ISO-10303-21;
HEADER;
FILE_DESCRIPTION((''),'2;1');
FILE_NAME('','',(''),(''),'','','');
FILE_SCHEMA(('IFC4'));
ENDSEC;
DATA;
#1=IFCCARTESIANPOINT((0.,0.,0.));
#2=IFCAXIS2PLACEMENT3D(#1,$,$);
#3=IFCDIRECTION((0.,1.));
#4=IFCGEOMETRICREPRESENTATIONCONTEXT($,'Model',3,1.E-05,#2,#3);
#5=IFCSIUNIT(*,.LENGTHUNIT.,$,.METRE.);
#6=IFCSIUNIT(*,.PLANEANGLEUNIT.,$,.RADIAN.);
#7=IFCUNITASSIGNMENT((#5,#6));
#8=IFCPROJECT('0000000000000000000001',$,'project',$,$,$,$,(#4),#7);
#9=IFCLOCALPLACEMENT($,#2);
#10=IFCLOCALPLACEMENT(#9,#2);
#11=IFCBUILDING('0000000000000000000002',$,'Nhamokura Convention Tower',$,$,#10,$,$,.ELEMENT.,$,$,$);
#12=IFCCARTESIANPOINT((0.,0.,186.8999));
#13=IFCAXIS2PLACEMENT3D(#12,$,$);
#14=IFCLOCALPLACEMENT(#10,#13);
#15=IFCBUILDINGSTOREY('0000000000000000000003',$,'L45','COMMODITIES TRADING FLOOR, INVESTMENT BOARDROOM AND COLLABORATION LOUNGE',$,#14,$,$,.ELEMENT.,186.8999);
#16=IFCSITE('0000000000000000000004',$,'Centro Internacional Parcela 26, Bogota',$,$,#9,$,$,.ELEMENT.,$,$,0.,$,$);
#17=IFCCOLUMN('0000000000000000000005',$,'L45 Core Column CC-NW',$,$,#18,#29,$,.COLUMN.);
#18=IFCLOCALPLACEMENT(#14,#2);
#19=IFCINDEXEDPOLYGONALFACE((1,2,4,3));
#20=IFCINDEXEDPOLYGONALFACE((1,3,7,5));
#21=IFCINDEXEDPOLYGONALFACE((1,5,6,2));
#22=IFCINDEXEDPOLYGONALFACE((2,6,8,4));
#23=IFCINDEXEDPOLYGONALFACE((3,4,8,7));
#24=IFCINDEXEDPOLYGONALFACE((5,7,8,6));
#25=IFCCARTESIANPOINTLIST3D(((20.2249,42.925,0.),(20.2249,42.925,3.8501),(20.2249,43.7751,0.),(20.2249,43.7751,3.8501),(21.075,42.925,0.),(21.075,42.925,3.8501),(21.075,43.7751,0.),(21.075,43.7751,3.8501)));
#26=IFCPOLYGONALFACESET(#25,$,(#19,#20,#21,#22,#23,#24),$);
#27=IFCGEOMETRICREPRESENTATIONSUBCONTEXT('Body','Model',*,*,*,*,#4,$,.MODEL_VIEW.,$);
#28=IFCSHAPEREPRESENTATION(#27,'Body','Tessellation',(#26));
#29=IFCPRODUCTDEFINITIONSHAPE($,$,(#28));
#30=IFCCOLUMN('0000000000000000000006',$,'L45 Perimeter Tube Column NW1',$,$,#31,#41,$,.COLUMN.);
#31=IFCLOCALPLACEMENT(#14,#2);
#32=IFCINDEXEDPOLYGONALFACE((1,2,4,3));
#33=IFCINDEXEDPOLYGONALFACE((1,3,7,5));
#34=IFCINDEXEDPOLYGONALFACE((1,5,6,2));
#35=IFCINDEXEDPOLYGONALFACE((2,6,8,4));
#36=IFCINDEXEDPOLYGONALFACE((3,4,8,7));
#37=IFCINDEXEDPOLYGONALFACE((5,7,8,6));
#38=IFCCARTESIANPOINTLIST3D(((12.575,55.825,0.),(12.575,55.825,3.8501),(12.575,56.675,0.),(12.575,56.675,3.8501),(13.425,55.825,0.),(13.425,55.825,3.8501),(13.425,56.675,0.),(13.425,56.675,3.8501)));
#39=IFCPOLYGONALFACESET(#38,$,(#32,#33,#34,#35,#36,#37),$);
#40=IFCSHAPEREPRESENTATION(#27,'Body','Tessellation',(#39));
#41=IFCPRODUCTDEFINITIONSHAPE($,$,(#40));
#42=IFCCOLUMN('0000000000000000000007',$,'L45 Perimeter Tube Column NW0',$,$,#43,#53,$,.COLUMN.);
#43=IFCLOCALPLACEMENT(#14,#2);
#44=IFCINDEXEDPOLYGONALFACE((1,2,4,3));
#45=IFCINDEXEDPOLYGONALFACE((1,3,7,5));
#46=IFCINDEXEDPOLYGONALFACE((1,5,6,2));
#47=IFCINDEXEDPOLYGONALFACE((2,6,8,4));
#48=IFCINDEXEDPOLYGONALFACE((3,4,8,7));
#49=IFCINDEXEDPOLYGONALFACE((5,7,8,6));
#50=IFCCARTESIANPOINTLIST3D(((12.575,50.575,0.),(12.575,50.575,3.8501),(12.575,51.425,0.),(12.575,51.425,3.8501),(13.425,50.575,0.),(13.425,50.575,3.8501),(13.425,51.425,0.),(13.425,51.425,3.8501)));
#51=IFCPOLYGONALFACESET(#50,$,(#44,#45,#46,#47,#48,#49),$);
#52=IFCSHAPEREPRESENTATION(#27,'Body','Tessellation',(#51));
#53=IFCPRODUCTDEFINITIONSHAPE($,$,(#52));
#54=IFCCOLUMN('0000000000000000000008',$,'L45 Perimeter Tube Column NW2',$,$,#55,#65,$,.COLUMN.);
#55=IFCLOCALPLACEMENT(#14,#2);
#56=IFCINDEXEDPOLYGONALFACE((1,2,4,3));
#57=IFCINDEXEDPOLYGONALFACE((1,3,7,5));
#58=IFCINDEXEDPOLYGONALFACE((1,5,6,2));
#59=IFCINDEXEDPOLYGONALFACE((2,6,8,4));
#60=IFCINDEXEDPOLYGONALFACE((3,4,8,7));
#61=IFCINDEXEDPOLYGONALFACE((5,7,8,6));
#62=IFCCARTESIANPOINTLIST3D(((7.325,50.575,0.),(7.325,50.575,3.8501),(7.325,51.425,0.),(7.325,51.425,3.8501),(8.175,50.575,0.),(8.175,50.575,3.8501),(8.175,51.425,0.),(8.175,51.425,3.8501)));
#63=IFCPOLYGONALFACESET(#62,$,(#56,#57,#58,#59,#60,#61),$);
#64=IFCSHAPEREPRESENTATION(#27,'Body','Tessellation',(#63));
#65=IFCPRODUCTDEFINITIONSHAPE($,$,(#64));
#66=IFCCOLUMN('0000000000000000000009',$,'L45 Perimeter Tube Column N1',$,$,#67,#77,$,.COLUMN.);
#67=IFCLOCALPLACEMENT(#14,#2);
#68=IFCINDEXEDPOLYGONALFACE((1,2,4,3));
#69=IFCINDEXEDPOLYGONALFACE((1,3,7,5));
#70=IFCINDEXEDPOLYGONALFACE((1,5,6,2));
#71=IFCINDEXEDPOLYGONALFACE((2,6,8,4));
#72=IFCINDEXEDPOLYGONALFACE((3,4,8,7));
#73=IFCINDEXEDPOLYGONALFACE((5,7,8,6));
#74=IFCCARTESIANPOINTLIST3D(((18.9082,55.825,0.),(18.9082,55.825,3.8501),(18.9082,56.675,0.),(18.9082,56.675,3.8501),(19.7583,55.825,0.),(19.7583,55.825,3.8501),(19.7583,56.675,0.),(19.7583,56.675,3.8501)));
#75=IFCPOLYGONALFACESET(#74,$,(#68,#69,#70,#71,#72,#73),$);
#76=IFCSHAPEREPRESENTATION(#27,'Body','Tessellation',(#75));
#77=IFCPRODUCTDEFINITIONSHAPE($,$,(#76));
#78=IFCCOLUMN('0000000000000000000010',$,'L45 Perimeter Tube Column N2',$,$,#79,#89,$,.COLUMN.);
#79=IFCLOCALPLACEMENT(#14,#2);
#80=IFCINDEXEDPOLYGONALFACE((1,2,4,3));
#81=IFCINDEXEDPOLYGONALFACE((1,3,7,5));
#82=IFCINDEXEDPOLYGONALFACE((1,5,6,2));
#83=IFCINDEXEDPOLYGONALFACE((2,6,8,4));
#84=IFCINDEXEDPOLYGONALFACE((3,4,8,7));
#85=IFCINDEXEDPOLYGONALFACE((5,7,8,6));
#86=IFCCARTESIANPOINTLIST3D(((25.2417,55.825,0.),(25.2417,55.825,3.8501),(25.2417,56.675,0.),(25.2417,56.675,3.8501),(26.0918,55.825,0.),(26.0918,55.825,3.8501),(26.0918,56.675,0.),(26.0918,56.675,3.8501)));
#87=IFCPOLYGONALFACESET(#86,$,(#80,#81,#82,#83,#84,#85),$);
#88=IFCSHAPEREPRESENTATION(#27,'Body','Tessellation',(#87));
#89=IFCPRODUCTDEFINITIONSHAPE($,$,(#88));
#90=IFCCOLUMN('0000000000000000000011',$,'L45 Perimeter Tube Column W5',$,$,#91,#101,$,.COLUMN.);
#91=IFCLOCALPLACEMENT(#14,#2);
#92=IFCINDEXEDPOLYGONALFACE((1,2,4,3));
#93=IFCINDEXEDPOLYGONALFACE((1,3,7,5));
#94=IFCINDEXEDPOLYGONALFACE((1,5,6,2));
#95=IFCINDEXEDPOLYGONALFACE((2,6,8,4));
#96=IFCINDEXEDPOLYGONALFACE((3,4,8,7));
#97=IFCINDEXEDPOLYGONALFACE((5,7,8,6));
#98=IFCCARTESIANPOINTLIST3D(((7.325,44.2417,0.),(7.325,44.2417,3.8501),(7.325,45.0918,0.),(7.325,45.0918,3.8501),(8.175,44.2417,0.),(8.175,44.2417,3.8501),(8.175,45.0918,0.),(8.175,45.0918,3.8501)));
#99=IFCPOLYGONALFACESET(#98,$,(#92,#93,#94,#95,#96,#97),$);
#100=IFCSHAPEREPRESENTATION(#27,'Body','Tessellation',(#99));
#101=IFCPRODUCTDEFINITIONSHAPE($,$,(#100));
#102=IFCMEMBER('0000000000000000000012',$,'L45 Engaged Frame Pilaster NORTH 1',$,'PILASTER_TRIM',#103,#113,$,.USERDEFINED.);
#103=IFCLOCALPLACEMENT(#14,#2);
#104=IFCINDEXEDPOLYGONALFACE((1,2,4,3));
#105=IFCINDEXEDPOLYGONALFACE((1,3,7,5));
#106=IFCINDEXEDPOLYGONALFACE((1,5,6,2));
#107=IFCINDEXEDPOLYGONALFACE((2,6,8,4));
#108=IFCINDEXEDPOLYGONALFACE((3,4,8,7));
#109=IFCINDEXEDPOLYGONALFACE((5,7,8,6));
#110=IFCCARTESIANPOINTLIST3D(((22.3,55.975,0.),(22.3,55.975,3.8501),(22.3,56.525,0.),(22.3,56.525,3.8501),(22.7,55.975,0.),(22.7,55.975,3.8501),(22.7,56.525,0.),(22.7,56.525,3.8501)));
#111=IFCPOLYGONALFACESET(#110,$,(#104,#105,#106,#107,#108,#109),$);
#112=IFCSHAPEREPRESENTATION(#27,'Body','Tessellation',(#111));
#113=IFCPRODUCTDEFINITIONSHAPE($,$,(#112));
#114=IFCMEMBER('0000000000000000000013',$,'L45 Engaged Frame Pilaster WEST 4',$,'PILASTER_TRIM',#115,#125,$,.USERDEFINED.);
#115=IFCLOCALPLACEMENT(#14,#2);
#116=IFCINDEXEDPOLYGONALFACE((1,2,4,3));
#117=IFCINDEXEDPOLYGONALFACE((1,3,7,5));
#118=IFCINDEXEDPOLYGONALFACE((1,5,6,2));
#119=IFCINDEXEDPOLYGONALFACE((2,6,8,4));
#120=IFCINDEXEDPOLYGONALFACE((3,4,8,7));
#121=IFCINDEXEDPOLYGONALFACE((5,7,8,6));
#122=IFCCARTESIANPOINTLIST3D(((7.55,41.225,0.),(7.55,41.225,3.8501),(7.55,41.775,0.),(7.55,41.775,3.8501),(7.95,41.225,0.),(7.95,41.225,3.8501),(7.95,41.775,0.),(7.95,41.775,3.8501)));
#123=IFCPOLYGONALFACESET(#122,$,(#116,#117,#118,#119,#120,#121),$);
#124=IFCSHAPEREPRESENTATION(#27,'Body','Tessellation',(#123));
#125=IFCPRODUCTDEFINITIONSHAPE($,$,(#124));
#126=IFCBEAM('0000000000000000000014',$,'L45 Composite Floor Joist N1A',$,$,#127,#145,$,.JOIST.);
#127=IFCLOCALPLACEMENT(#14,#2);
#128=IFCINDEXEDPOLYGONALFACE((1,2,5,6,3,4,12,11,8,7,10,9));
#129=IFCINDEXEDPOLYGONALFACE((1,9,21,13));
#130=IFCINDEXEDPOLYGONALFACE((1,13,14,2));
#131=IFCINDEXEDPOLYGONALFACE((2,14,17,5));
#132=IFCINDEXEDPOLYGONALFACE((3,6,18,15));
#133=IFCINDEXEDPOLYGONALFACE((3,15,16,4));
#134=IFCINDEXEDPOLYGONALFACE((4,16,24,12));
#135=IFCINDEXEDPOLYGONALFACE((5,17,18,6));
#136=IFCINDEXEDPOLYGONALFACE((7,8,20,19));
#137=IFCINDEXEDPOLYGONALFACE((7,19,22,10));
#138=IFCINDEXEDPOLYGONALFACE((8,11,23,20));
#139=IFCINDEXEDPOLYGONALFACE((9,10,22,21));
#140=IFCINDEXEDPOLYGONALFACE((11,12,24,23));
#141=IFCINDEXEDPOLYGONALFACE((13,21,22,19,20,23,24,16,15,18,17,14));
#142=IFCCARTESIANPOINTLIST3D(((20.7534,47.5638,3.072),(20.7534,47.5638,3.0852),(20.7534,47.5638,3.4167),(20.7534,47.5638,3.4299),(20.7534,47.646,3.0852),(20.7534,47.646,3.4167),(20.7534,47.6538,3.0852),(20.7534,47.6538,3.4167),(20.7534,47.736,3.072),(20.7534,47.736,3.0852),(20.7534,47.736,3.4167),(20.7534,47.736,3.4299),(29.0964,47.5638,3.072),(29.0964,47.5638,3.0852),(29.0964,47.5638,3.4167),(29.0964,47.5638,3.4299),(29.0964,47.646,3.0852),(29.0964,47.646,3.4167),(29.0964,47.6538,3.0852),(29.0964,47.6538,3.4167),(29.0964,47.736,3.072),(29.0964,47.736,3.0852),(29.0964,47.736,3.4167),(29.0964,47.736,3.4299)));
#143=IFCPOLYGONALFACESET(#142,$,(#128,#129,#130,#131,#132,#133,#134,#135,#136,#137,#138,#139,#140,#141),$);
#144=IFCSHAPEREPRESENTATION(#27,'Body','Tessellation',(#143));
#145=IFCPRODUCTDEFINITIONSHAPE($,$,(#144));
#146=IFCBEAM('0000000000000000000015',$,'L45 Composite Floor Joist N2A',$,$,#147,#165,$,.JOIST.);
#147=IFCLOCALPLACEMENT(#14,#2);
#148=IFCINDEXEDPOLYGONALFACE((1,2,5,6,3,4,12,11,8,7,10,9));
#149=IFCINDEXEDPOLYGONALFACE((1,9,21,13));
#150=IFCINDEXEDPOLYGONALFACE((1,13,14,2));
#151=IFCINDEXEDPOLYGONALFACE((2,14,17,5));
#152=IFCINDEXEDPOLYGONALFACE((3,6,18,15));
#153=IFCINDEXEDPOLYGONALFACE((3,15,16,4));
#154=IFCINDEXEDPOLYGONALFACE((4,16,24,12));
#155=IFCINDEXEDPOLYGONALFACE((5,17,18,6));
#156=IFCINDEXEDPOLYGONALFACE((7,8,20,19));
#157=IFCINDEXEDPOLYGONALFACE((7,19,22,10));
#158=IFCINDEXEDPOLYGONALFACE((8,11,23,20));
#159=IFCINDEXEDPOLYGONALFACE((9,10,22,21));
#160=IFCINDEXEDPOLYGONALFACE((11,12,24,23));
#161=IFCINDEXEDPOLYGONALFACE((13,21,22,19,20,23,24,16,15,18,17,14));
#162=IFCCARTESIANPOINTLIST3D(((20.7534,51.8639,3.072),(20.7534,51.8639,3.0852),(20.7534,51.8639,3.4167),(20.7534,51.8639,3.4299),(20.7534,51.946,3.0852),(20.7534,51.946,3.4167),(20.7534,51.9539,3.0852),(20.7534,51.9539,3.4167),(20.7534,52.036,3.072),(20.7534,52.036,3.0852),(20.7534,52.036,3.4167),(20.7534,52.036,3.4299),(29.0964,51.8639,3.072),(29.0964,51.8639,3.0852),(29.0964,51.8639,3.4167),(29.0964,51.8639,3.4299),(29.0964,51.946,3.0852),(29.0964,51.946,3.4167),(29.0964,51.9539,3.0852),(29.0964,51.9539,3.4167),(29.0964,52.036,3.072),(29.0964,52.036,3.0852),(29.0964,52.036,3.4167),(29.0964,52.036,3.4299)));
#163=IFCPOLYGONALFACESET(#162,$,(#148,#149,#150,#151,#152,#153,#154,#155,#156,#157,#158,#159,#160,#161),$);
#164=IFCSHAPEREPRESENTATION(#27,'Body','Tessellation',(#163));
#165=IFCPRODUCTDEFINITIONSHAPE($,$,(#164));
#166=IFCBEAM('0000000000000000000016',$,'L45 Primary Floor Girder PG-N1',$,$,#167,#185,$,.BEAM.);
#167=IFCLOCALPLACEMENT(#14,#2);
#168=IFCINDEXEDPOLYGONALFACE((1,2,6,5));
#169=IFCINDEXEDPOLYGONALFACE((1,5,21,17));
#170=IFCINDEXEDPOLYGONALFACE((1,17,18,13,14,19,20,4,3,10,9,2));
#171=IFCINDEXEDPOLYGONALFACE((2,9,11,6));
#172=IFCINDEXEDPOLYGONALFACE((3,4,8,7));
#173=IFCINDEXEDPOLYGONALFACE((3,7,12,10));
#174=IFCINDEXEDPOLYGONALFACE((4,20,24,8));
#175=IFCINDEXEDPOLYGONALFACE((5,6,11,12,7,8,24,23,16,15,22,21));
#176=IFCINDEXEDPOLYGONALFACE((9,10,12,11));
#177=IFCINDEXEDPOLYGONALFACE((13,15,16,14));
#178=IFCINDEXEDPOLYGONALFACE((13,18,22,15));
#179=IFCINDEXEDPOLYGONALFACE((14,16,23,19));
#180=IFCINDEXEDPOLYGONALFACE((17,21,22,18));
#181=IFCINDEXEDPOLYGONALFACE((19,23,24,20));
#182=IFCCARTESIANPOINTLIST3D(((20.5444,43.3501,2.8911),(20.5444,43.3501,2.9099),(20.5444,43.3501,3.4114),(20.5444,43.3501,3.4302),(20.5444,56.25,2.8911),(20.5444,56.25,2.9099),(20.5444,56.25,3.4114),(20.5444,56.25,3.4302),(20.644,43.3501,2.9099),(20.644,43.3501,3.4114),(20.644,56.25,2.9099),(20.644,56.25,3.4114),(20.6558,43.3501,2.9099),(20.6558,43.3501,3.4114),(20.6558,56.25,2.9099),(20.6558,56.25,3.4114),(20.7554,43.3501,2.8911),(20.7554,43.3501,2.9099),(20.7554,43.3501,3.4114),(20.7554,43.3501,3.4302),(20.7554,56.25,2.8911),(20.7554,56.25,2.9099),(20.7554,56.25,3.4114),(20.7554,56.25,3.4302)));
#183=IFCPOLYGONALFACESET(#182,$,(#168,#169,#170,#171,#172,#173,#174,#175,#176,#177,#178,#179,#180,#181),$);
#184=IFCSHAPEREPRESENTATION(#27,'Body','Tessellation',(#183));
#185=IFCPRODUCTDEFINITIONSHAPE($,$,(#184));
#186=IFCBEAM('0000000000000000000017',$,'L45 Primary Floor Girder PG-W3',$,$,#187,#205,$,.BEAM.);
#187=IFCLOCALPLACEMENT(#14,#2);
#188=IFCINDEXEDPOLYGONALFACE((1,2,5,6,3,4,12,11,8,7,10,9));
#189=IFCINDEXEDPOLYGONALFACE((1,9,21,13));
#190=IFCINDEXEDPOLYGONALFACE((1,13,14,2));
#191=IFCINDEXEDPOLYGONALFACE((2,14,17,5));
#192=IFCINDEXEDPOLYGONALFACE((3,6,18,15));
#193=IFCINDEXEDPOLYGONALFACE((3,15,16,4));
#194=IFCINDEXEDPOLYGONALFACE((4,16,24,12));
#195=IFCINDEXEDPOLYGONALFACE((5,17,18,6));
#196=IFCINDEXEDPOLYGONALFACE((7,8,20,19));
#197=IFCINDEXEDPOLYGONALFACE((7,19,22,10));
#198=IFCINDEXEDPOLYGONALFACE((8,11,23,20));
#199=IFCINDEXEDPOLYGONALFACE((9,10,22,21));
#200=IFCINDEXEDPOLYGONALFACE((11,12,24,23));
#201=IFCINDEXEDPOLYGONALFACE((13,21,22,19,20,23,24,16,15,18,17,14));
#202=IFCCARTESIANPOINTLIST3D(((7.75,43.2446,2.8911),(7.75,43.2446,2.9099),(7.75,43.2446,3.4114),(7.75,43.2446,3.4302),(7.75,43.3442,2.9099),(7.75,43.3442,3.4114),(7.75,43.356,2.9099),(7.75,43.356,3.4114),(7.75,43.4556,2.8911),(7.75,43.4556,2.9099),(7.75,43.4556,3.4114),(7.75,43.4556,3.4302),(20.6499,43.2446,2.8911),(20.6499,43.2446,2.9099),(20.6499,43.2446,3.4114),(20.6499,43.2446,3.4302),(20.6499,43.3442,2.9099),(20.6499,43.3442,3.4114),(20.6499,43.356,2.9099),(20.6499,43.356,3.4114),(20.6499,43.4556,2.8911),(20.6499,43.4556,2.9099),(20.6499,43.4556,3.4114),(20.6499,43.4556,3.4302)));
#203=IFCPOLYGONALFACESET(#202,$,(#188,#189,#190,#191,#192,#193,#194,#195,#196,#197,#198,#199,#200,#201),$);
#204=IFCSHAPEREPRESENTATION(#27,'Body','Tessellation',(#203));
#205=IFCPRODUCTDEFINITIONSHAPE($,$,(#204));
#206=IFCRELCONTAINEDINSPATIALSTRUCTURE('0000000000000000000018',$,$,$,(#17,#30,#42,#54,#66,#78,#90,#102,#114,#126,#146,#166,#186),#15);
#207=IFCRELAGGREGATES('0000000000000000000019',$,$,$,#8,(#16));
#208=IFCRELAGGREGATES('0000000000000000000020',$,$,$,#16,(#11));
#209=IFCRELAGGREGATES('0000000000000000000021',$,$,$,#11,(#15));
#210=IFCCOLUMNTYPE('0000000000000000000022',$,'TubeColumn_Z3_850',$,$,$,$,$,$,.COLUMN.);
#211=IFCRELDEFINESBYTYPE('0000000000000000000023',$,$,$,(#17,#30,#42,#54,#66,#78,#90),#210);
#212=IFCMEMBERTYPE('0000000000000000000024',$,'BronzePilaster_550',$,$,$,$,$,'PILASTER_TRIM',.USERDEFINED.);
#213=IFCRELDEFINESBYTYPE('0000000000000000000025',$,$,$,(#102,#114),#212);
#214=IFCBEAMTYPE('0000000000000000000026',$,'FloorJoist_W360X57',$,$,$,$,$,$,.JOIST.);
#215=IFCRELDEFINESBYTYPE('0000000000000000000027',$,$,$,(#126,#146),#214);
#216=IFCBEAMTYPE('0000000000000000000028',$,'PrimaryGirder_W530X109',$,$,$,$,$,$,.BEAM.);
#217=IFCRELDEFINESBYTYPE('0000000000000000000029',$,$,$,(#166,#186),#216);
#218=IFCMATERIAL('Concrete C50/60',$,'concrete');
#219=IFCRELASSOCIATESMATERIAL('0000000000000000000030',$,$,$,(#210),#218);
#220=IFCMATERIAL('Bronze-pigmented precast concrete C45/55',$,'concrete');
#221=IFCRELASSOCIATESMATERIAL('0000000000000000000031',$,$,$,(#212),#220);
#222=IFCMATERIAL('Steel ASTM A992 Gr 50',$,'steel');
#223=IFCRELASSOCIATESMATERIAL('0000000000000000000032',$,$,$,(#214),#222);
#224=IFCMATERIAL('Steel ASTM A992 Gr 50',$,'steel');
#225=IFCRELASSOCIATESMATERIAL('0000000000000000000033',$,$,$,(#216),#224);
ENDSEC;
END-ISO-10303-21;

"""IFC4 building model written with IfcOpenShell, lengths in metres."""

from ifc_helpers import new_model, si_unit, direction, frame, origin, origin_2d, place, context, subcontext, project, spatial, rectangle, i_section, extrude, material, material_profile, profile_set, type_object, element, save


model = new_model("IFC4")

# Units and contexts
model_context = context("Model", 3, precision=1e-05, world=origin(), true_north=direction((0.0, 1.0)))
body_context = subcontext(model_context, "Body", "Model", "MODEL_VIEW")
ifc_project = project(units=[si_unit("LENGTHUNIT", "METRE"), si_unit("PLANEANGLEUNIT", "RADIAN")], contexts=[model_context])

# Site, building, storey
site_placement = place(None, origin())
site = spatial("IfcSite", under=ifc_project, at=site_placement, Name="Centro Internacional Parcela 26, Bogota", CompositionType="ELEMENT", RefElevation=0.0)
building_placement = place(site_placement, origin())
building = spatial("IfcBuilding", under=site, at=building_placement, Name="Nhamokura Convention Tower", CompositionType="ELEMENT")
storey_placement = place(building_placement, frame((0.0, 0.0, 186.8999)))
storey = spatial("IfcBuildingStorey", under=building, at=storey_placement, Name="L45", Description="COMMODITIES TRADING FLOOR, INVESTMENT BOARDROOM AND COLLABORATION LOUNGE", CompositionType="ELEMENT", Elevation=186.8999)

# Columns
ifc_material_1 = material(Name="Concrete C50/60", Category="concrete")
ifc_material_profile_1 = material_profile(ifc_material_1, rectangle(XDim=0.8501, YDim=0.8501, at=origin_2d()))
ifc_profile_set_1 = profile_set([ifc_material_profile_1], Name="Concrete C50/60")
column_type = type_object("IfcColumnType", Name="TubeColumn_Z3_850", PredefinedType="COLUMN", material=ifc_profile_set_1)
for number, where, z_axis, x_axis, name in (
    (1, (20.6499, 43.3501, 0.0), (0.0, 0.0, 1.0), (1.0, 0.0, 0.0), "L45 Core Column CC-NW"),
    (2, (13.0, 56.25, 0.0), (0.0, 0.0, 1.0), (1.0, 0.0, 0.0), "L45 Perimeter Tube Column NW1"),
    (3, (13.0, 51.0, 0.0), (0.0, 0.0, 1.0), (1.0, 0.0, 0.0), "L45 Perimeter Tube Column NW0"),
    (4, (7.75, 51.0, 0.0), (0.0, 0.0, 1.0), (1.0, 0.0, 0.0), "L45 Perimeter Tube Column NW2"),
    (5, (19.3333, 56.25, 0.0), (0.0, 0.0, 1.0), (1.0, 0.0, 0.0), "L45 Perimeter Tube Column N1"),
    (6, (25.6667, 56.25, 0.0), (0.0, 0.0, 1.0), (1.0, 0.0, 0.0), "L45 Perimeter Tube Column N2"),
    (7, (7.75, 44.6667, 0.0), (0.0, 0.0, 1.0), (1.0, 0.0, 0.0), "L45 Perimeter Tube Column W5"),
):
    element("IfcColumn", number, at=place(storey_placement, frame(where, z_axis=z_axis, x_axis=x_axis)), inside=storey, type_object=column_type, Name=name, PredefinedType="COLUMN", context=body_context, shape_type="SweptSolid", body=[
        extrude(rectangle(XDim=0.8501, YDim=0.8501, at=origin_2d()), origin(), (0.0, 0.0, 1.0), 3.8501),
    ])

# Members
ifc_material_2 = material(Name="Bronze-pigmented precast concrete C45/55", Category="concrete")
ifc_material_profile_2 = material_profile(ifc_material_2, rectangle(XDim=0.3999, YDim=0.55, at=origin_2d()))
ifc_profile_set_2 = profile_set([ifc_material_profile_2], Name="Bronze-pigmented precast concrete C45/55")
member_type_1 = type_object("IfcMemberType", Name="BronzePilaster_550", ElementType="PILASTER_TRIM", PredefinedType="USERDEFINED", material=ifc_profile_set_2)
for number, where, z_axis, x_axis, name in (
    (8, (22.5, 56.25, 0.0), (0.0, 0.0, 1.0), (1.0, 0.0, 0.0), "L45 Engaged Frame Pilaster NORTH 1"),
    (9, (7.75, 41.5, 0.0), (0.0, 0.0, 1.0), (1.0, 0.0, 0.0), "L45 Engaged Frame Pilaster WEST 4"),
):
    element("IfcMember", number, at=place(storey_placement, frame(where, z_axis=z_axis, x_axis=x_axis)), inside=storey, type_object=member_type_1, Name=name, ObjectType="PILASTER_TRIM", PredefinedType="USERDEFINED", context=body_context, shape_type="SweptSolid", body=[
        extrude(rectangle(XDim=0.3999, YDim=0.55, at=origin_2d()), origin(), (0.0, 0.0, 1.0), 3.8501),
    ])

# Beams
ifc_material_3 = material(Name="Steel ASTM A992 Gr 50", Category="steel")
ifc_material_profile_3 = material_profile(ifc_material_3, i_section(OverallWidth=0.1721, OverallDepth=0.3579, WebThickness=0.0078, FlangeThickness=0.0132, at=origin_2d()))
ifc_profile_set_3 = profile_set([ifc_material_profile_3], Name="Steel ASTM A992 Gr 50")
beam_type_1 = type_object("IfcBeamType", Name="FloorJoist_W360X57", PredefinedType="JOIST", material=ifc_profile_set_3)
for number, where, z_axis, x_axis, name in (
    (10, (20.7534, 47.6499, 3.251), (1.0, 0.0, 0.0), (0.0, 1.0, 0.0), "L45 Composite Floor Joist N1A"),
    (11, (20.7534, 51.95, 3.251), (1.0, 0.0, 0.0), (0.0, 1.0, 0.0), "L45 Composite Floor Joist N2A"),
):
    element("IfcBeam", number, at=place(storey_placement, frame(where, z_axis=z_axis, x_axis=x_axis)), inside=storey, type_object=beam_type_1, Name=name, PredefinedType="JOIST", context=body_context, shape_type="SweptSolid", body=[
        extrude(i_section(OverallWidth=0.1721, OverallDepth=0.3579, WebThickness=0.0078, FlangeThickness=0.0132, at=origin_2d()), origin(), (0.0, 0.0, 1.0), 8.343),
    ])
ifc_material_4 = material(Name="Steel ASTM A992 Gr 50", Category="steel")
ifc_material_profile_4 = material_profile(ifc_material_4, i_section(OverallWidth=0.2109, OverallDepth=0.5391, WebThickness=0.0117, FlangeThickness=0.0188, at=origin_2d()))
ifc_profile_set_4 = profile_set([ifc_material_profile_4], Name="Steel ASTM A992 Gr 50")
beam_type_2 = type_object("IfcBeamType", Name="PrimaryGirder_W530X109", PredefinedType="BEAM", material=ifc_profile_set_4)
for number, where, z_axis, x_axis, name in (
    (12, (20.6499, 43.3501, 3.1606), (0.0, 1.0, 0.0), (-1.0, 0.0, 0.0), "L45 Primary Floor Girder PG-N1"),
    (13, (7.75, 43.3501, 3.1606), (1.0, 0.0, 0.0), (0.0, 1.0, 0.0), "L45 Primary Floor Girder PG-W3"),
):
    element("IfcBeam", number, at=place(storey_placement, frame(where, z_axis=z_axis, x_axis=x_axis)), inside=storey, type_object=beam_type_2, Name=name, PredefinedType="BEAM", context=body_context, shape_type="SweptSolid", body=[
        extrude(i_section(OverallWidth=0.2109, OverallDepth=0.5391, WebThickness=0.0117, FlangeThickness=0.0188, at=origin_2d()), origin(), (0.0, 0.0, 1.0), 12.8999),
    ])

save(model, "model.ifc")
